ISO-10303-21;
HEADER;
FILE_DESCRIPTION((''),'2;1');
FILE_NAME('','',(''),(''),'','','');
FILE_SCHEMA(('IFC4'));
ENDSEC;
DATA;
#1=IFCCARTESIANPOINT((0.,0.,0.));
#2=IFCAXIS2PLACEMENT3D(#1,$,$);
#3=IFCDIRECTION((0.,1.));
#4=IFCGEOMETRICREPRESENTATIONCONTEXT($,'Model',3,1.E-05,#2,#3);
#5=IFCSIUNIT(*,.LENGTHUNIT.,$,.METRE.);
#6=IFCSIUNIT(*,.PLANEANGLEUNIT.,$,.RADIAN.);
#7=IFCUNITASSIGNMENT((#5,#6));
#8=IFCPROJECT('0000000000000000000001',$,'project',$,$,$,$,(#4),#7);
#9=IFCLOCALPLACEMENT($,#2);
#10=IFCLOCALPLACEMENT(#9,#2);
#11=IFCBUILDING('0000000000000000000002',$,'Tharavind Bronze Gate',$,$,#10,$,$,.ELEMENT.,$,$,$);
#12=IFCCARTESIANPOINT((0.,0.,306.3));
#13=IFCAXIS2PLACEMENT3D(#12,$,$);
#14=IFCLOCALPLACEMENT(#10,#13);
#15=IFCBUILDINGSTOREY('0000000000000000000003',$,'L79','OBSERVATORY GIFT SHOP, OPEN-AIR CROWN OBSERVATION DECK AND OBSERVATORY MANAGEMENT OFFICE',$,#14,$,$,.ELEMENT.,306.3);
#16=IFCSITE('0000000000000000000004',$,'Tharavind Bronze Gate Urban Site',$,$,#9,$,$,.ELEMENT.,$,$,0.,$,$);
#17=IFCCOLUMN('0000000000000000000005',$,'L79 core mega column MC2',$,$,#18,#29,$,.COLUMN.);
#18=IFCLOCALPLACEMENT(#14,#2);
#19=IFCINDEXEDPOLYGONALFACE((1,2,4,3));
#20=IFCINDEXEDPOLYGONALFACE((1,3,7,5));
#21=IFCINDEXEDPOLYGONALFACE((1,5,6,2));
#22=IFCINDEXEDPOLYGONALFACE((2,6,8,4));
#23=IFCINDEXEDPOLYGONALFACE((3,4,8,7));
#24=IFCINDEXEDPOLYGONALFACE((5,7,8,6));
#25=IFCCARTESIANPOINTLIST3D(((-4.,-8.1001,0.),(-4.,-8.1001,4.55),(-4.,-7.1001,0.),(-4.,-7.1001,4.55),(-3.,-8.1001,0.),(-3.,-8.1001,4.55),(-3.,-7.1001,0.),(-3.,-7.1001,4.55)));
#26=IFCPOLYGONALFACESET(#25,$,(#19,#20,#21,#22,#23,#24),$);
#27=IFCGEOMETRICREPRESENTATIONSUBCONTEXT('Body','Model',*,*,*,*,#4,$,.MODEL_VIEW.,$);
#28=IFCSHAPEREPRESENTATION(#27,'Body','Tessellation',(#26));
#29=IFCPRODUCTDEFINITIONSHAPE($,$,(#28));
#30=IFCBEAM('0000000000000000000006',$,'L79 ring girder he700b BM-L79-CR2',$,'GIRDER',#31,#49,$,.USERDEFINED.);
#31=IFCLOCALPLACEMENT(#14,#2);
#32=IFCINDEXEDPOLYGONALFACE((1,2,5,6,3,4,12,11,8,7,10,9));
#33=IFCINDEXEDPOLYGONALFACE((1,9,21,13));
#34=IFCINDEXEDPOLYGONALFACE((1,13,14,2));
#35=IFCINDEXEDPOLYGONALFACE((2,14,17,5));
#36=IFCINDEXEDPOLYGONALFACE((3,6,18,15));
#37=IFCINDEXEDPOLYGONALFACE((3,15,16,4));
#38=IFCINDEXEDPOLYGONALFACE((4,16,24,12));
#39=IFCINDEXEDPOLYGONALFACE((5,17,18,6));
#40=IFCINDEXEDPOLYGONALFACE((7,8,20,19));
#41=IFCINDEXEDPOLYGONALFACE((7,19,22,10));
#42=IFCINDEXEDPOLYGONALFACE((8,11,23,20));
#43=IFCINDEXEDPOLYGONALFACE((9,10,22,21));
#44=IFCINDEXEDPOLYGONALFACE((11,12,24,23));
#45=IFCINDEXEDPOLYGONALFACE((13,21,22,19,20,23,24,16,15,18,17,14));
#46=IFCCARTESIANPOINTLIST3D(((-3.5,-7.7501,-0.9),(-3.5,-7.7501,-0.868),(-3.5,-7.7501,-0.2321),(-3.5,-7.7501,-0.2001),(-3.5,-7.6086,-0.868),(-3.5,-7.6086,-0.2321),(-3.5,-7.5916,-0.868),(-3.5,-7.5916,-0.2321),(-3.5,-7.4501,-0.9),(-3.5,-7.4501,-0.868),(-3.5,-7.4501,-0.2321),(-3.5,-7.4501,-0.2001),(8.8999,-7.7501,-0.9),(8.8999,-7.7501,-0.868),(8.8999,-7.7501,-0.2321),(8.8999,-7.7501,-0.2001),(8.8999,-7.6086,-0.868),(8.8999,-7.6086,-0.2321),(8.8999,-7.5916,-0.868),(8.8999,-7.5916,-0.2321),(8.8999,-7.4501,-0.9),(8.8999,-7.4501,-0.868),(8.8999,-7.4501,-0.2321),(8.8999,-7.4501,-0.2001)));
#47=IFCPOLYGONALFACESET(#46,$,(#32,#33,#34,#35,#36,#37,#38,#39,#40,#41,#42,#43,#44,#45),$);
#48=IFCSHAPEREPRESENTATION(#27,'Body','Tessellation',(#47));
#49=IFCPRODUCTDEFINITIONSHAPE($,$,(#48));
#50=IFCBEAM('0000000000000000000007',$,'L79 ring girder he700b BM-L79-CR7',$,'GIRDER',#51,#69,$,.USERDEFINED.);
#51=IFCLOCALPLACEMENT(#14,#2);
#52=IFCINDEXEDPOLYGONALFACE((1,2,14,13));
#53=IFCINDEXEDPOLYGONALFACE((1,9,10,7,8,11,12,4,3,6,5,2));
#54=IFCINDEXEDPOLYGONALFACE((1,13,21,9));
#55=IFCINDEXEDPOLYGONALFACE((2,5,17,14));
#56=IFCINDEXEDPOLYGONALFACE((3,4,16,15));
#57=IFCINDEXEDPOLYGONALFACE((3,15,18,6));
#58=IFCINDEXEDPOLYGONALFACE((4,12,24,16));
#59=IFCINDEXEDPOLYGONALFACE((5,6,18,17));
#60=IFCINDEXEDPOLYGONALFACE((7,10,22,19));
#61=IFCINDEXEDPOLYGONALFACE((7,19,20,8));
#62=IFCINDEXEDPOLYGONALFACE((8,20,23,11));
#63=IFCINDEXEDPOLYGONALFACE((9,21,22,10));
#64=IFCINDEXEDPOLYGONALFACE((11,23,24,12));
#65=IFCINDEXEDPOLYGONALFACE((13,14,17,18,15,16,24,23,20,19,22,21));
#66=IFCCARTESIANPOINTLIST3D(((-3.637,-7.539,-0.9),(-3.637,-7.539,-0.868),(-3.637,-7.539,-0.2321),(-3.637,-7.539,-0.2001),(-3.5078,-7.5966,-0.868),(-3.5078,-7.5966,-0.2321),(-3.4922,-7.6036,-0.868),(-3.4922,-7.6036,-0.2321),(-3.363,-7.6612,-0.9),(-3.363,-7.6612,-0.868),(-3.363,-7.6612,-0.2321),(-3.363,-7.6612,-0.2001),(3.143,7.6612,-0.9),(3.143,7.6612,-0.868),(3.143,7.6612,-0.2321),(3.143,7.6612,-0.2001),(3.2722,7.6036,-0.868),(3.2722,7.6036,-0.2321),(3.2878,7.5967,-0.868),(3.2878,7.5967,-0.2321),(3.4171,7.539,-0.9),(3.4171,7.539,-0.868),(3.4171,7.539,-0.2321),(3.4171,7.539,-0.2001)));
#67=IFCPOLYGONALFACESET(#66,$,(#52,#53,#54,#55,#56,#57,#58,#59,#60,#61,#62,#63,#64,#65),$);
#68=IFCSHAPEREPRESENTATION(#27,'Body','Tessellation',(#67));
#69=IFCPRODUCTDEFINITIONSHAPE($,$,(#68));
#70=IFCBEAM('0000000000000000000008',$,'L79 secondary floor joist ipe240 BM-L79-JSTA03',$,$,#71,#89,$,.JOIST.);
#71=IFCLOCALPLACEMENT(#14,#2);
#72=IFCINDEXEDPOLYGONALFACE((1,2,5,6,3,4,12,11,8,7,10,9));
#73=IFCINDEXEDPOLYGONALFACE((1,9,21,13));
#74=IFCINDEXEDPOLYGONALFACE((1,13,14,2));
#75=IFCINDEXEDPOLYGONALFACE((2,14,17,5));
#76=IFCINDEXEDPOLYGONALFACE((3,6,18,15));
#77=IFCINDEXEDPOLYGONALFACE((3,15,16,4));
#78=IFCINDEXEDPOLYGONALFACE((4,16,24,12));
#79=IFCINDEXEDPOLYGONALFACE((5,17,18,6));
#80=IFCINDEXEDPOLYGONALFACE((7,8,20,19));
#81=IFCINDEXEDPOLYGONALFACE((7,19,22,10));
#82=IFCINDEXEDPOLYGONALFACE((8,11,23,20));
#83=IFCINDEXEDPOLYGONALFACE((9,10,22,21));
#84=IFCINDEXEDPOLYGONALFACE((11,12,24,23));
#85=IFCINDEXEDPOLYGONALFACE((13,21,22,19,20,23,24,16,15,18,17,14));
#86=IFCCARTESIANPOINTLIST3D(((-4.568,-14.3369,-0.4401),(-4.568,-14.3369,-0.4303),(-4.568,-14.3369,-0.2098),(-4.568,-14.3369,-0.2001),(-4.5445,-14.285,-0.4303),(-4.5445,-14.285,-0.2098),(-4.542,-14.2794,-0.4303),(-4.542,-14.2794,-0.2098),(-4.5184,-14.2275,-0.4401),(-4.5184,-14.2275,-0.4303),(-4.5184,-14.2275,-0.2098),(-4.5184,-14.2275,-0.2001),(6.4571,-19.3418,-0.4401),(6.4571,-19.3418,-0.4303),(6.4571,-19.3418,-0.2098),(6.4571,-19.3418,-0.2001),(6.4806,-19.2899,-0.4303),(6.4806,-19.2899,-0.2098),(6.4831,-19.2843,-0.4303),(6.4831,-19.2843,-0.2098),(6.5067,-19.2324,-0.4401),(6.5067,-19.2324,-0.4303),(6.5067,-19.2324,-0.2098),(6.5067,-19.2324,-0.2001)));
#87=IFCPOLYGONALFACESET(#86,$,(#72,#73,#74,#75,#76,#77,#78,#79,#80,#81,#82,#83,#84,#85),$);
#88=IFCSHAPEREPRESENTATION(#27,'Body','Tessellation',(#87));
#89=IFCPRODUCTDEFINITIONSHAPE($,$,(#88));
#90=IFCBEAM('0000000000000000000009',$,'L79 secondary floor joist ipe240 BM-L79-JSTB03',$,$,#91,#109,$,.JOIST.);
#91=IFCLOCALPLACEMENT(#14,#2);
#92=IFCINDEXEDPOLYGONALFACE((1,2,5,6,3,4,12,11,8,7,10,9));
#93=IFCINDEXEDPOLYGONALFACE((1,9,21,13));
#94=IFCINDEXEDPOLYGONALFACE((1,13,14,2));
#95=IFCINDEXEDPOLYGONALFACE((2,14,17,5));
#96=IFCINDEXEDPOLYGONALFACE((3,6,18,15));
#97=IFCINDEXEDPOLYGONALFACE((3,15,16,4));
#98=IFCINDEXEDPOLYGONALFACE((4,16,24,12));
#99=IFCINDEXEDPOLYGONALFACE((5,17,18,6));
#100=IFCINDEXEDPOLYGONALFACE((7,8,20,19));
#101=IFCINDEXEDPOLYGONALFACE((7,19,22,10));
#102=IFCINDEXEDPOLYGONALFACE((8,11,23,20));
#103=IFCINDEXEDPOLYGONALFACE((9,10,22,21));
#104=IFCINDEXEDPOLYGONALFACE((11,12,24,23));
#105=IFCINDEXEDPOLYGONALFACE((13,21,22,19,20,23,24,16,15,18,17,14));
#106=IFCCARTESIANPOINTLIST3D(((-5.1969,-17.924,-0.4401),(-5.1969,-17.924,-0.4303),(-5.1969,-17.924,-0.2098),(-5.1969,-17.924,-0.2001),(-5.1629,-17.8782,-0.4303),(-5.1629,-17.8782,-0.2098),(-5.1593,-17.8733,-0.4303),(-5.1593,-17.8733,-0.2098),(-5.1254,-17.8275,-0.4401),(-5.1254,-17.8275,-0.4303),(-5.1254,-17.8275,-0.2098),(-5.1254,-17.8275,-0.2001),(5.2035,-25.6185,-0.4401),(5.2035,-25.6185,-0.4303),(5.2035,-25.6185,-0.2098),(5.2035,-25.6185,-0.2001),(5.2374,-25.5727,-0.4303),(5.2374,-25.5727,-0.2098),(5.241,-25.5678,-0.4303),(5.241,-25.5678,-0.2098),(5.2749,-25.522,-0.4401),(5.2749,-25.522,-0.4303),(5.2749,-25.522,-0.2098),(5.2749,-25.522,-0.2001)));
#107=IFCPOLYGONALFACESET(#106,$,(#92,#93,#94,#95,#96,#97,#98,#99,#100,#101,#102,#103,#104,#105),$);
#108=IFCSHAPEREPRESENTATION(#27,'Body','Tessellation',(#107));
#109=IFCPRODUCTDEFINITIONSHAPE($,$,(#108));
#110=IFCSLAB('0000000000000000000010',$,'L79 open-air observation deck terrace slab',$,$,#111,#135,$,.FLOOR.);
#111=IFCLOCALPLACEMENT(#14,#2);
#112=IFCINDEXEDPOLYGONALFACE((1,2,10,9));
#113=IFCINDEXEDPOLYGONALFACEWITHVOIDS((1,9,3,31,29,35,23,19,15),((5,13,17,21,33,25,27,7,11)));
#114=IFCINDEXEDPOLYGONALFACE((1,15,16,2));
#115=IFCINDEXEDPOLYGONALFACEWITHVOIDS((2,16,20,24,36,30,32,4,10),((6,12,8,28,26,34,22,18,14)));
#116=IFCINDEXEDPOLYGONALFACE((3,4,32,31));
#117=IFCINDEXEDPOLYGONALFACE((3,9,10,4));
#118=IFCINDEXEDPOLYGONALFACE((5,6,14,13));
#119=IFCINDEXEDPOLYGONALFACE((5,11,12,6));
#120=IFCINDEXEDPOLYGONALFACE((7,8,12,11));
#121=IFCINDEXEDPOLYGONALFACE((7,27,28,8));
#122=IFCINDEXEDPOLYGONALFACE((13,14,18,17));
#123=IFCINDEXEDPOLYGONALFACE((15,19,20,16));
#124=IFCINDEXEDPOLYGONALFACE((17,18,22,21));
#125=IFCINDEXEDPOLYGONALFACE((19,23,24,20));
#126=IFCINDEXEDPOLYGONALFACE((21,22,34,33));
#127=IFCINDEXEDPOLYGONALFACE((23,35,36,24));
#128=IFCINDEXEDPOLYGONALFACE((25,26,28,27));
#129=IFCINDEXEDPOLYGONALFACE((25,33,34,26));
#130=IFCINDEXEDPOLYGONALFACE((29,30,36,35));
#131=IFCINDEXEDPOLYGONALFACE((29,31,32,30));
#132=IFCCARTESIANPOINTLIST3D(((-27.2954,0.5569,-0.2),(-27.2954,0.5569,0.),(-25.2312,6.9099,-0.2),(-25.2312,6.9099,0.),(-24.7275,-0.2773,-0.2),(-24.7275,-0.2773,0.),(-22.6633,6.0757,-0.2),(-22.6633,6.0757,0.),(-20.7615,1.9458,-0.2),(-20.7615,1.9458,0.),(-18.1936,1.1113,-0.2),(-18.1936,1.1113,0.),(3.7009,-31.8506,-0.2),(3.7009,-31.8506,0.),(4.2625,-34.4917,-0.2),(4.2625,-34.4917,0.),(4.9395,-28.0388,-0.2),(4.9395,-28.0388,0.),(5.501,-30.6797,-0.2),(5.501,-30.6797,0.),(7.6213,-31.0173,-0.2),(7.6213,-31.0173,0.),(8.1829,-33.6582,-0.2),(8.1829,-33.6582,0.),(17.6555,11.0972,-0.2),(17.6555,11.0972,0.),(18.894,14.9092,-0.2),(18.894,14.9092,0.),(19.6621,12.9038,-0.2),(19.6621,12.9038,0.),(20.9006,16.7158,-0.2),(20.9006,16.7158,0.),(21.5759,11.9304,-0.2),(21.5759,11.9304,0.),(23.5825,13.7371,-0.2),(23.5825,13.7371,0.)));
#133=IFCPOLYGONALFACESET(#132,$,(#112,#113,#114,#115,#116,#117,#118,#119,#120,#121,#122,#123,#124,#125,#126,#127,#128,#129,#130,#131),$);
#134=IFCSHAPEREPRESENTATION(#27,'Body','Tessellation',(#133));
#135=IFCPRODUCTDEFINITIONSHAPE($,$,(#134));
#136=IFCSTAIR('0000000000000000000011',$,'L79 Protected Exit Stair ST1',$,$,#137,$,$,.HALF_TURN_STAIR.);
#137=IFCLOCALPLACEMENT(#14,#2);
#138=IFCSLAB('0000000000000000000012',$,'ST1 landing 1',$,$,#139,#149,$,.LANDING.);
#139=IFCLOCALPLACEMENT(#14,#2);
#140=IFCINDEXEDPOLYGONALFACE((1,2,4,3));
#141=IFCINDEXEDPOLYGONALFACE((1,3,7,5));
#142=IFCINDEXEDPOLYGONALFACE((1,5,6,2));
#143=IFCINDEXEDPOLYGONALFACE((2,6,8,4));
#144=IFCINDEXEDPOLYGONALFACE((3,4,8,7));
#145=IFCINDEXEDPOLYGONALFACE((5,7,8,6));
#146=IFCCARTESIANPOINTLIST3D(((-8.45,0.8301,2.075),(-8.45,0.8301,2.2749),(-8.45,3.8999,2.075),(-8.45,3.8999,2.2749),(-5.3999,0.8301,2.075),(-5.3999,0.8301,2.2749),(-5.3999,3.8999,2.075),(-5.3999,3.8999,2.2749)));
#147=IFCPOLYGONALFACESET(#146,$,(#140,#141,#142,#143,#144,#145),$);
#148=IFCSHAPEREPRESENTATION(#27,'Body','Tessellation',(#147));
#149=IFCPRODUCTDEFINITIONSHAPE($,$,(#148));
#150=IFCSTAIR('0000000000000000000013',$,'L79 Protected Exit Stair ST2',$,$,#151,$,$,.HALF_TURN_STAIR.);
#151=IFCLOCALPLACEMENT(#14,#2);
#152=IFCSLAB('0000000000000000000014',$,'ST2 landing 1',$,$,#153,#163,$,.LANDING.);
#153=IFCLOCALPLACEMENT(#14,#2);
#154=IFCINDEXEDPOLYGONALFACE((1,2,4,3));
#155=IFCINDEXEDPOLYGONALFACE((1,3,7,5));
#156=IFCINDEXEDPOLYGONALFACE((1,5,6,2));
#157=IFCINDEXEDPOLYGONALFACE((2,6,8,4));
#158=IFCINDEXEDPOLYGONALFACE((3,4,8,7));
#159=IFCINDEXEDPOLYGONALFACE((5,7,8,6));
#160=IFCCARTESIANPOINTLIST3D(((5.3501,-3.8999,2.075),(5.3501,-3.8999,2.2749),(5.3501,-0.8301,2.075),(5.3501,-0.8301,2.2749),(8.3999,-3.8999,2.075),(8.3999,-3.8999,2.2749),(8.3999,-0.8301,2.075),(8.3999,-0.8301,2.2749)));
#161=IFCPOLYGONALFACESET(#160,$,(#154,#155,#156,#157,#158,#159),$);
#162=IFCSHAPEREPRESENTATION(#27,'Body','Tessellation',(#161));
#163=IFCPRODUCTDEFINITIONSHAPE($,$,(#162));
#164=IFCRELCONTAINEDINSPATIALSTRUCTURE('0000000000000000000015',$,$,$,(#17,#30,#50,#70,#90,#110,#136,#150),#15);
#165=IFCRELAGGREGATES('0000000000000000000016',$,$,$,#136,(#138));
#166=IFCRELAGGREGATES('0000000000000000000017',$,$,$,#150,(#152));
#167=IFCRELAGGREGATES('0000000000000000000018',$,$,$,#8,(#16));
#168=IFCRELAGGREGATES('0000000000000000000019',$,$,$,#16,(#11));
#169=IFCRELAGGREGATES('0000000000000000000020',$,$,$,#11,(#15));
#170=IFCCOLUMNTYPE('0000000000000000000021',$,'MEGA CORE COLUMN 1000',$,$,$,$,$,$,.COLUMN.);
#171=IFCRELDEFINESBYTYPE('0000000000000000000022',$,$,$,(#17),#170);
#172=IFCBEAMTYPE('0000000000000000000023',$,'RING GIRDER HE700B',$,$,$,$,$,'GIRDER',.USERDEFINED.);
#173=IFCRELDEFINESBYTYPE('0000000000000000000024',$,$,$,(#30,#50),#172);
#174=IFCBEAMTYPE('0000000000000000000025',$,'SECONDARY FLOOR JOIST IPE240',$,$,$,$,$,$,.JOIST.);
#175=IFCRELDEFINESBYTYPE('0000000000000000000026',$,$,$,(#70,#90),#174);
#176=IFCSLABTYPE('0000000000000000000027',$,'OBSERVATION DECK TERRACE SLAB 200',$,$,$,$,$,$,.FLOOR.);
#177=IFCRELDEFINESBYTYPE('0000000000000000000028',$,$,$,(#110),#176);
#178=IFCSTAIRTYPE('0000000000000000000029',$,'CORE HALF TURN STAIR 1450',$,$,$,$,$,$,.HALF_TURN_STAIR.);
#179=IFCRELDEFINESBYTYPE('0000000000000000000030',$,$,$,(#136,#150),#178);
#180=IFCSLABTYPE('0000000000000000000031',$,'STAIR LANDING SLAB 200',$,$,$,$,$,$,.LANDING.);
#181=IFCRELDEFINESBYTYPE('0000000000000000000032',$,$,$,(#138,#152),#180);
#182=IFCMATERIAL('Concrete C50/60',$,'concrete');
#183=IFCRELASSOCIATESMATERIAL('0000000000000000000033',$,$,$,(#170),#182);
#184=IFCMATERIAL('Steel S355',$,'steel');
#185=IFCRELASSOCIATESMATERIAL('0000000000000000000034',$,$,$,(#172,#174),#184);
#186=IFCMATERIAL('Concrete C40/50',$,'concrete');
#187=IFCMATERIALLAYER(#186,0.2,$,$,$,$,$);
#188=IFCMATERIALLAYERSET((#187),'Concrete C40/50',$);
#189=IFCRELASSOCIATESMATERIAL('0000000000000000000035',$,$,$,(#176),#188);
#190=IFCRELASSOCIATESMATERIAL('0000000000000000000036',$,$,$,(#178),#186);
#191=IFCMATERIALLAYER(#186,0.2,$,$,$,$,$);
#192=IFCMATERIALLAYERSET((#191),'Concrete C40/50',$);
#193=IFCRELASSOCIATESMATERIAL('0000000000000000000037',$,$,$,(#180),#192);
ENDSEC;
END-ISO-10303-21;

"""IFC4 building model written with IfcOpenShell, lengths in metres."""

from ifc_helpers import new_model, si_unit, direction, frame, origin, origin_2d, place, context, subcontext, project, spatial, polyline, rectangle, i_section, outline, extrude, material, layer, layer_set, material_profile, profile_set, type_object, element, aggregate, save


model = new_model("IFC4")

# Units and contexts
model_context = context("Model", 3, precision=1e-05, world=origin(), true_north=direction((0.0, 1.0)))
body_context = subcontext(model_context, "Body", "Model", "MODEL_VIEW")
ifc_project = project(units=[si_unit("LENGTHUNIT", "METRE"), si_unit("PLANEANGLEUNIT", "RADIAN")], contexts=[model_context])

# Site, building, storey
site_placement = place(None, origin())
site = spatial("IfcSite", under=ifc_project, at=site_placement, Name="Tharavind Bronze Gate Urban Site", CompositionType="ELEMENT", RefElevation=0.0)
building_placement = place(site_placement, origin())
building = spatial("IfcBuilding", under=site, at=building_placement, Name="Tharavind Bronze Gate", CompositionType="ELEMENT")
storey_placement = place(building_placement, frame((0.0, 0.0, 306.3)))
storey = spatial("IfcBuildingStorey", under=building, at=storey_placement, Name="L79", Description="OBSERVATORY GIFT SHOP, OPEN-AIR CROWN OBSERVATION DECK AND OBSERVATORY MANAGEMENT OFFICE", CompositionType="ELEMENT", Elevation=306.3)

# Column
ifc_material_1 = material(Name="Concrete C50/60", Category="concrete")
ifc_material_profile_1 = material_profile(ifc_material_1, rectangle(XDim=1.0, YDim=1.0, at=origin_2d()), Name="RCCOL1000")
ifc_profile_set_1 = profile_set([ifc_material_profile_1], Name="Concrete C50/60")
column_type = type_object("IfcColumnType", Name="MEGA CORE COLUMN 1000", PredefinedType="COLUMN", material=ifc_profile_set_1)
column_placement = place(storey_placement, frame((-3.5, -7.6001, 0.0), z_axis=(0.0, 0.0, 1.0), x_axis=(1.0, 0.0, 0.0)))
element("IfcColumn", 1, at=column_placement, inside=storey, type_object=column_type, Name="L79 core mega column MC2", PredefinedType="COLUMN", context=body_context, shape_type="SweptSolid", body=[
    extrude(rectangle(XDim=1.0, YDim=1.0, at=origin_2d()), origin(), (0.0, 0.0, 1.0), 4.55),
])

# Beams
ifc_material_2 = material(Name="Steel S355", Category="steel")
ifc_material_profile_2 = material_profile(ifc_material_2, i_section(OverallWidth=0.3, OverallDepth=0.7, WebThickness=0.0171, FlangeThickness=0.032, at=origin_2d()), Name="HE700B")
ifc_profile_set_2 = profile_set([ifc_material_profile_2], Name="Steel S355")
beam_type_1 = type_object("IfcBeamType", Name="RING GIRDER HE700B", ElementType="GIRDER", PredefinedType="USERDEFINED", material=ifc_profile_set_2)
beam_1_placement = place(storey_placement, frame((-3.5, -7.6001, -0.55), z_axis=(1.0, 0.0, 0.0), x_axis=(0.0, 1.0, 0.0)))
element("IfcBeam", 2, at=beam_1_placement, inside=storey, type_object=beam_type_1, Name="L79 ring girder he700b BM-L79-CR2", ObjectType="GIRDER", PredefinedType="USERDEFINED", context=body_context, shape_type="SweptSolid", body=[
    extrude(i_section(OverallWidth=0.3, OverallDepth=0.7, WebThickness=0.0171, FlangeThickness=0.032, at=origin_2d()), origin(), (0.0, 0.0, 1.0), 12.3999),
])
beam_2_placement = place(storey_placement, frame((-3.5, -7.6001, -0.55), z_axis=(0.407362, 0.913267, 0.0), x_axis=(-0.913267, 0.407362, 0.0)))
element("IfcBeam", 3, at=beam_2_placement, inside=storey, type_object=beam_type_1, Name="L79 ring girder he700b BM-L79-CR7", ObjectType="GIRDER", PredefinedType="USERDEFINED", context=body_context, shape_type="SweptSolid", body=[
    extrude(i_section(OverallWidth=0.3, OverallDepth=0.7, WebThickness=0.0171, FlangeThickness=0.032, at=origin_2d()), origin(), (0.0, 0.0, 1.0), 16.6438),
])
ifc_material_profile_3 = material_profile(ifc_material_2, i_section(OverallWidth=0.1201, OverallDepth=0.24, WebThickness=0.0061, FlangeThickness=0.0098, at=origin_2d()), Name="IPE240")
ifc_profile_set_3 = profile_set([ifc_material_profile_3], Name="Steel S355")
beam_type_2 = type_object("IfcBeamType", Name="SECONDARY FLOOR JOIST IPE240", PredefinedType="JOIST", material=ifc_profile_set_3)
beam_3_placement = place(storey_placement, frame((-4.5432, -14.2822, -0.3201), z_axis=(0.91057, -0.413355, 0.0), x_axis=(0.413355, 0.91057, 0.0)))
element("IfcBeam", 4, at=beam_3_placement, inside=storey, type_object=beam_type_2, Name="L79 secondary floor joist ipe240 BM-L79-JSTA03", PredefinedType="JOIST", context=body_context, shape_type="SweptSolid", body=[
    extrude(i_section(OverallWidth=0.1201, OverallDepth=0.24, WebThickness=0.0061, FlangeThickness=0.0098, at=origin_2d()), origin(), (0.0, 0.0, 1.0), 12.1079),
])
beam_4_placement = place(storey_placement, frame((-5.1611, -17.8757, -0.3201), z_axis=(0.803905, -0.594758, 0.0), x_axis=(0.594758, 0.803905, 0.0)))
element("IfcBeam", 5, at=beam_4_placement, inside=storey, type_object=beam_type_2, Name="L79 secondary floor joist ipe240 BM-L79-JSTB03", PredefinedType="JOIST", context=body_context, shape_type="SweptSolid", body=[
    extrude(i_section(OverallWidth=0.1201, OverallDepth=0.24, WebThickness=0.0061, FlangeThickness=0.0098, at=origin_2d()), origin(), (0.0, 0.0, 1.0), 12.9373),
])

# Slab
ifc_material_3 = material(Name="Concrete C40/50", Category="concrete")
ifc_layer_1 = layer(ifc_material_3, 0.2)
ifc_layer_set_1 = layer_set([ifc_layer_1], Name="Concrete C40/50")
slab_type_1 = type_object("IfcSlabType", Name="OBSERVATION DECK TERRACE SLAB 200", PredefinedType="FLOOR", material=ifc_layer_set_1)
slab_1_placement = place(storey_placement, frame((0.0, 0.0, -0.2)))
element("IfcSlab", 6, at=slab_1_placement, inside=storey, type_object=slab_type_1, Name="L79 open-air observation deck terrace slab", PredefinedType="FLOOR", context=body_context, shape_type="SweptSolid", body=[
    extrude(outline(polyline([(-25.2312, 6.9099), (-20.7615, 1.9458), (-27.2954, 0.5569), (4.2625, -34.4917), (5.501, -30.6797), (8.1829, -33.6582), (23.5825, 13.7371), (19.6621, 12.9038), (20.9006, 16.7158), (-25.2312, 6.9099)]), holes=[polyline([(18.894, 14.9092), (17.6555, 11.0972), (21.5759, 11.9304), (7.6213, -31.0173), (4.9395, -28.0388), (3.7009, -31.8506), (-24.7275, -0.2773), (-18.1936, 1.1113), (-22.6633, 6.0757), (18.894, 14.9092)])]), origin(), (0.0, 0.0, 1.0), 0.2),
])

# Stairs, slabs
stair_type = type_object("IfcStairType", Name="CORE HALF TURN STAIR 1450", PredefinedType="HALF_TURN_STAIR", material=ifc_material_3)
stair_1_placement = place(storey_placement, origin())
stair_1 = element("IfcStair", 7, at=stair_1_placement, inside=storey, type_object=stair_type, Name="L79 Protected Exit Stair ST1", PredefinedType="HALF_TURN_STAIR")
ifc_layer_2 = layer(ifc_material_3, 0.2)
ifc_layer_set_2 = layer_set([ifc_layer_2], Name="Concrete C40/50")
slab_type_2 = type_object("IfcSlabType", Name="STAIR LANDING SLAB 200", PredefinedType="LANDING", material=ifc_layer_set_2)
slab_2_placement = place(storey_placement, frame((0.0, 0.0, 2.075)))
slab_2 = element("IfcSlab", 8, at=slab_2_placement, type_object=slab_type_2, Name="ST1 landing 1", PredefinedType="LANDING", context=body_context, shape_type="SweptSolid", body=[
    extrude(outline(polyline([(-5.3999, 0.8301), (-5.3999, 3.8999), (-8.45, 3.8999), (-8.45, 0.8301), (-5.3999, 0.8301)])), origin(), (0.0, 0.0, 1.0), 0.2),
])
aggregate(stair_1, [slab_2])
stair_2_placement = place(storey_placement, origin())
stair_2 = element("IfcStair", 9, at=stair_2_placement, inside=storey, type_object=stair_type, Name="L79 Protected Exit Stair ST2", PredefinedType="HALF_TURN_STAIR")
slab_3_placement = place(storey_placement, frame((0.0, 0.0, 2.075)))
slab_3 = element("IfcSlab", 10, at=slab_3_placement, type_object=slab_type_2, Name="ST2 landing 1", PredefinedType="LANDING", context=body_context, shape_type="SweptSolid", body=[
    extrude(outline(polyline([(5.3501, -0.8301), (5.3501, -3.8999), (8.3999, -3.8999), (8.3999, -0.8301), (5.3501, -0.8301)])), origin(), (0.0, 0.0, 1.0), 0.2),
])
aggregate(stair_2, [slab_3])

save(model, "model.ifc")
